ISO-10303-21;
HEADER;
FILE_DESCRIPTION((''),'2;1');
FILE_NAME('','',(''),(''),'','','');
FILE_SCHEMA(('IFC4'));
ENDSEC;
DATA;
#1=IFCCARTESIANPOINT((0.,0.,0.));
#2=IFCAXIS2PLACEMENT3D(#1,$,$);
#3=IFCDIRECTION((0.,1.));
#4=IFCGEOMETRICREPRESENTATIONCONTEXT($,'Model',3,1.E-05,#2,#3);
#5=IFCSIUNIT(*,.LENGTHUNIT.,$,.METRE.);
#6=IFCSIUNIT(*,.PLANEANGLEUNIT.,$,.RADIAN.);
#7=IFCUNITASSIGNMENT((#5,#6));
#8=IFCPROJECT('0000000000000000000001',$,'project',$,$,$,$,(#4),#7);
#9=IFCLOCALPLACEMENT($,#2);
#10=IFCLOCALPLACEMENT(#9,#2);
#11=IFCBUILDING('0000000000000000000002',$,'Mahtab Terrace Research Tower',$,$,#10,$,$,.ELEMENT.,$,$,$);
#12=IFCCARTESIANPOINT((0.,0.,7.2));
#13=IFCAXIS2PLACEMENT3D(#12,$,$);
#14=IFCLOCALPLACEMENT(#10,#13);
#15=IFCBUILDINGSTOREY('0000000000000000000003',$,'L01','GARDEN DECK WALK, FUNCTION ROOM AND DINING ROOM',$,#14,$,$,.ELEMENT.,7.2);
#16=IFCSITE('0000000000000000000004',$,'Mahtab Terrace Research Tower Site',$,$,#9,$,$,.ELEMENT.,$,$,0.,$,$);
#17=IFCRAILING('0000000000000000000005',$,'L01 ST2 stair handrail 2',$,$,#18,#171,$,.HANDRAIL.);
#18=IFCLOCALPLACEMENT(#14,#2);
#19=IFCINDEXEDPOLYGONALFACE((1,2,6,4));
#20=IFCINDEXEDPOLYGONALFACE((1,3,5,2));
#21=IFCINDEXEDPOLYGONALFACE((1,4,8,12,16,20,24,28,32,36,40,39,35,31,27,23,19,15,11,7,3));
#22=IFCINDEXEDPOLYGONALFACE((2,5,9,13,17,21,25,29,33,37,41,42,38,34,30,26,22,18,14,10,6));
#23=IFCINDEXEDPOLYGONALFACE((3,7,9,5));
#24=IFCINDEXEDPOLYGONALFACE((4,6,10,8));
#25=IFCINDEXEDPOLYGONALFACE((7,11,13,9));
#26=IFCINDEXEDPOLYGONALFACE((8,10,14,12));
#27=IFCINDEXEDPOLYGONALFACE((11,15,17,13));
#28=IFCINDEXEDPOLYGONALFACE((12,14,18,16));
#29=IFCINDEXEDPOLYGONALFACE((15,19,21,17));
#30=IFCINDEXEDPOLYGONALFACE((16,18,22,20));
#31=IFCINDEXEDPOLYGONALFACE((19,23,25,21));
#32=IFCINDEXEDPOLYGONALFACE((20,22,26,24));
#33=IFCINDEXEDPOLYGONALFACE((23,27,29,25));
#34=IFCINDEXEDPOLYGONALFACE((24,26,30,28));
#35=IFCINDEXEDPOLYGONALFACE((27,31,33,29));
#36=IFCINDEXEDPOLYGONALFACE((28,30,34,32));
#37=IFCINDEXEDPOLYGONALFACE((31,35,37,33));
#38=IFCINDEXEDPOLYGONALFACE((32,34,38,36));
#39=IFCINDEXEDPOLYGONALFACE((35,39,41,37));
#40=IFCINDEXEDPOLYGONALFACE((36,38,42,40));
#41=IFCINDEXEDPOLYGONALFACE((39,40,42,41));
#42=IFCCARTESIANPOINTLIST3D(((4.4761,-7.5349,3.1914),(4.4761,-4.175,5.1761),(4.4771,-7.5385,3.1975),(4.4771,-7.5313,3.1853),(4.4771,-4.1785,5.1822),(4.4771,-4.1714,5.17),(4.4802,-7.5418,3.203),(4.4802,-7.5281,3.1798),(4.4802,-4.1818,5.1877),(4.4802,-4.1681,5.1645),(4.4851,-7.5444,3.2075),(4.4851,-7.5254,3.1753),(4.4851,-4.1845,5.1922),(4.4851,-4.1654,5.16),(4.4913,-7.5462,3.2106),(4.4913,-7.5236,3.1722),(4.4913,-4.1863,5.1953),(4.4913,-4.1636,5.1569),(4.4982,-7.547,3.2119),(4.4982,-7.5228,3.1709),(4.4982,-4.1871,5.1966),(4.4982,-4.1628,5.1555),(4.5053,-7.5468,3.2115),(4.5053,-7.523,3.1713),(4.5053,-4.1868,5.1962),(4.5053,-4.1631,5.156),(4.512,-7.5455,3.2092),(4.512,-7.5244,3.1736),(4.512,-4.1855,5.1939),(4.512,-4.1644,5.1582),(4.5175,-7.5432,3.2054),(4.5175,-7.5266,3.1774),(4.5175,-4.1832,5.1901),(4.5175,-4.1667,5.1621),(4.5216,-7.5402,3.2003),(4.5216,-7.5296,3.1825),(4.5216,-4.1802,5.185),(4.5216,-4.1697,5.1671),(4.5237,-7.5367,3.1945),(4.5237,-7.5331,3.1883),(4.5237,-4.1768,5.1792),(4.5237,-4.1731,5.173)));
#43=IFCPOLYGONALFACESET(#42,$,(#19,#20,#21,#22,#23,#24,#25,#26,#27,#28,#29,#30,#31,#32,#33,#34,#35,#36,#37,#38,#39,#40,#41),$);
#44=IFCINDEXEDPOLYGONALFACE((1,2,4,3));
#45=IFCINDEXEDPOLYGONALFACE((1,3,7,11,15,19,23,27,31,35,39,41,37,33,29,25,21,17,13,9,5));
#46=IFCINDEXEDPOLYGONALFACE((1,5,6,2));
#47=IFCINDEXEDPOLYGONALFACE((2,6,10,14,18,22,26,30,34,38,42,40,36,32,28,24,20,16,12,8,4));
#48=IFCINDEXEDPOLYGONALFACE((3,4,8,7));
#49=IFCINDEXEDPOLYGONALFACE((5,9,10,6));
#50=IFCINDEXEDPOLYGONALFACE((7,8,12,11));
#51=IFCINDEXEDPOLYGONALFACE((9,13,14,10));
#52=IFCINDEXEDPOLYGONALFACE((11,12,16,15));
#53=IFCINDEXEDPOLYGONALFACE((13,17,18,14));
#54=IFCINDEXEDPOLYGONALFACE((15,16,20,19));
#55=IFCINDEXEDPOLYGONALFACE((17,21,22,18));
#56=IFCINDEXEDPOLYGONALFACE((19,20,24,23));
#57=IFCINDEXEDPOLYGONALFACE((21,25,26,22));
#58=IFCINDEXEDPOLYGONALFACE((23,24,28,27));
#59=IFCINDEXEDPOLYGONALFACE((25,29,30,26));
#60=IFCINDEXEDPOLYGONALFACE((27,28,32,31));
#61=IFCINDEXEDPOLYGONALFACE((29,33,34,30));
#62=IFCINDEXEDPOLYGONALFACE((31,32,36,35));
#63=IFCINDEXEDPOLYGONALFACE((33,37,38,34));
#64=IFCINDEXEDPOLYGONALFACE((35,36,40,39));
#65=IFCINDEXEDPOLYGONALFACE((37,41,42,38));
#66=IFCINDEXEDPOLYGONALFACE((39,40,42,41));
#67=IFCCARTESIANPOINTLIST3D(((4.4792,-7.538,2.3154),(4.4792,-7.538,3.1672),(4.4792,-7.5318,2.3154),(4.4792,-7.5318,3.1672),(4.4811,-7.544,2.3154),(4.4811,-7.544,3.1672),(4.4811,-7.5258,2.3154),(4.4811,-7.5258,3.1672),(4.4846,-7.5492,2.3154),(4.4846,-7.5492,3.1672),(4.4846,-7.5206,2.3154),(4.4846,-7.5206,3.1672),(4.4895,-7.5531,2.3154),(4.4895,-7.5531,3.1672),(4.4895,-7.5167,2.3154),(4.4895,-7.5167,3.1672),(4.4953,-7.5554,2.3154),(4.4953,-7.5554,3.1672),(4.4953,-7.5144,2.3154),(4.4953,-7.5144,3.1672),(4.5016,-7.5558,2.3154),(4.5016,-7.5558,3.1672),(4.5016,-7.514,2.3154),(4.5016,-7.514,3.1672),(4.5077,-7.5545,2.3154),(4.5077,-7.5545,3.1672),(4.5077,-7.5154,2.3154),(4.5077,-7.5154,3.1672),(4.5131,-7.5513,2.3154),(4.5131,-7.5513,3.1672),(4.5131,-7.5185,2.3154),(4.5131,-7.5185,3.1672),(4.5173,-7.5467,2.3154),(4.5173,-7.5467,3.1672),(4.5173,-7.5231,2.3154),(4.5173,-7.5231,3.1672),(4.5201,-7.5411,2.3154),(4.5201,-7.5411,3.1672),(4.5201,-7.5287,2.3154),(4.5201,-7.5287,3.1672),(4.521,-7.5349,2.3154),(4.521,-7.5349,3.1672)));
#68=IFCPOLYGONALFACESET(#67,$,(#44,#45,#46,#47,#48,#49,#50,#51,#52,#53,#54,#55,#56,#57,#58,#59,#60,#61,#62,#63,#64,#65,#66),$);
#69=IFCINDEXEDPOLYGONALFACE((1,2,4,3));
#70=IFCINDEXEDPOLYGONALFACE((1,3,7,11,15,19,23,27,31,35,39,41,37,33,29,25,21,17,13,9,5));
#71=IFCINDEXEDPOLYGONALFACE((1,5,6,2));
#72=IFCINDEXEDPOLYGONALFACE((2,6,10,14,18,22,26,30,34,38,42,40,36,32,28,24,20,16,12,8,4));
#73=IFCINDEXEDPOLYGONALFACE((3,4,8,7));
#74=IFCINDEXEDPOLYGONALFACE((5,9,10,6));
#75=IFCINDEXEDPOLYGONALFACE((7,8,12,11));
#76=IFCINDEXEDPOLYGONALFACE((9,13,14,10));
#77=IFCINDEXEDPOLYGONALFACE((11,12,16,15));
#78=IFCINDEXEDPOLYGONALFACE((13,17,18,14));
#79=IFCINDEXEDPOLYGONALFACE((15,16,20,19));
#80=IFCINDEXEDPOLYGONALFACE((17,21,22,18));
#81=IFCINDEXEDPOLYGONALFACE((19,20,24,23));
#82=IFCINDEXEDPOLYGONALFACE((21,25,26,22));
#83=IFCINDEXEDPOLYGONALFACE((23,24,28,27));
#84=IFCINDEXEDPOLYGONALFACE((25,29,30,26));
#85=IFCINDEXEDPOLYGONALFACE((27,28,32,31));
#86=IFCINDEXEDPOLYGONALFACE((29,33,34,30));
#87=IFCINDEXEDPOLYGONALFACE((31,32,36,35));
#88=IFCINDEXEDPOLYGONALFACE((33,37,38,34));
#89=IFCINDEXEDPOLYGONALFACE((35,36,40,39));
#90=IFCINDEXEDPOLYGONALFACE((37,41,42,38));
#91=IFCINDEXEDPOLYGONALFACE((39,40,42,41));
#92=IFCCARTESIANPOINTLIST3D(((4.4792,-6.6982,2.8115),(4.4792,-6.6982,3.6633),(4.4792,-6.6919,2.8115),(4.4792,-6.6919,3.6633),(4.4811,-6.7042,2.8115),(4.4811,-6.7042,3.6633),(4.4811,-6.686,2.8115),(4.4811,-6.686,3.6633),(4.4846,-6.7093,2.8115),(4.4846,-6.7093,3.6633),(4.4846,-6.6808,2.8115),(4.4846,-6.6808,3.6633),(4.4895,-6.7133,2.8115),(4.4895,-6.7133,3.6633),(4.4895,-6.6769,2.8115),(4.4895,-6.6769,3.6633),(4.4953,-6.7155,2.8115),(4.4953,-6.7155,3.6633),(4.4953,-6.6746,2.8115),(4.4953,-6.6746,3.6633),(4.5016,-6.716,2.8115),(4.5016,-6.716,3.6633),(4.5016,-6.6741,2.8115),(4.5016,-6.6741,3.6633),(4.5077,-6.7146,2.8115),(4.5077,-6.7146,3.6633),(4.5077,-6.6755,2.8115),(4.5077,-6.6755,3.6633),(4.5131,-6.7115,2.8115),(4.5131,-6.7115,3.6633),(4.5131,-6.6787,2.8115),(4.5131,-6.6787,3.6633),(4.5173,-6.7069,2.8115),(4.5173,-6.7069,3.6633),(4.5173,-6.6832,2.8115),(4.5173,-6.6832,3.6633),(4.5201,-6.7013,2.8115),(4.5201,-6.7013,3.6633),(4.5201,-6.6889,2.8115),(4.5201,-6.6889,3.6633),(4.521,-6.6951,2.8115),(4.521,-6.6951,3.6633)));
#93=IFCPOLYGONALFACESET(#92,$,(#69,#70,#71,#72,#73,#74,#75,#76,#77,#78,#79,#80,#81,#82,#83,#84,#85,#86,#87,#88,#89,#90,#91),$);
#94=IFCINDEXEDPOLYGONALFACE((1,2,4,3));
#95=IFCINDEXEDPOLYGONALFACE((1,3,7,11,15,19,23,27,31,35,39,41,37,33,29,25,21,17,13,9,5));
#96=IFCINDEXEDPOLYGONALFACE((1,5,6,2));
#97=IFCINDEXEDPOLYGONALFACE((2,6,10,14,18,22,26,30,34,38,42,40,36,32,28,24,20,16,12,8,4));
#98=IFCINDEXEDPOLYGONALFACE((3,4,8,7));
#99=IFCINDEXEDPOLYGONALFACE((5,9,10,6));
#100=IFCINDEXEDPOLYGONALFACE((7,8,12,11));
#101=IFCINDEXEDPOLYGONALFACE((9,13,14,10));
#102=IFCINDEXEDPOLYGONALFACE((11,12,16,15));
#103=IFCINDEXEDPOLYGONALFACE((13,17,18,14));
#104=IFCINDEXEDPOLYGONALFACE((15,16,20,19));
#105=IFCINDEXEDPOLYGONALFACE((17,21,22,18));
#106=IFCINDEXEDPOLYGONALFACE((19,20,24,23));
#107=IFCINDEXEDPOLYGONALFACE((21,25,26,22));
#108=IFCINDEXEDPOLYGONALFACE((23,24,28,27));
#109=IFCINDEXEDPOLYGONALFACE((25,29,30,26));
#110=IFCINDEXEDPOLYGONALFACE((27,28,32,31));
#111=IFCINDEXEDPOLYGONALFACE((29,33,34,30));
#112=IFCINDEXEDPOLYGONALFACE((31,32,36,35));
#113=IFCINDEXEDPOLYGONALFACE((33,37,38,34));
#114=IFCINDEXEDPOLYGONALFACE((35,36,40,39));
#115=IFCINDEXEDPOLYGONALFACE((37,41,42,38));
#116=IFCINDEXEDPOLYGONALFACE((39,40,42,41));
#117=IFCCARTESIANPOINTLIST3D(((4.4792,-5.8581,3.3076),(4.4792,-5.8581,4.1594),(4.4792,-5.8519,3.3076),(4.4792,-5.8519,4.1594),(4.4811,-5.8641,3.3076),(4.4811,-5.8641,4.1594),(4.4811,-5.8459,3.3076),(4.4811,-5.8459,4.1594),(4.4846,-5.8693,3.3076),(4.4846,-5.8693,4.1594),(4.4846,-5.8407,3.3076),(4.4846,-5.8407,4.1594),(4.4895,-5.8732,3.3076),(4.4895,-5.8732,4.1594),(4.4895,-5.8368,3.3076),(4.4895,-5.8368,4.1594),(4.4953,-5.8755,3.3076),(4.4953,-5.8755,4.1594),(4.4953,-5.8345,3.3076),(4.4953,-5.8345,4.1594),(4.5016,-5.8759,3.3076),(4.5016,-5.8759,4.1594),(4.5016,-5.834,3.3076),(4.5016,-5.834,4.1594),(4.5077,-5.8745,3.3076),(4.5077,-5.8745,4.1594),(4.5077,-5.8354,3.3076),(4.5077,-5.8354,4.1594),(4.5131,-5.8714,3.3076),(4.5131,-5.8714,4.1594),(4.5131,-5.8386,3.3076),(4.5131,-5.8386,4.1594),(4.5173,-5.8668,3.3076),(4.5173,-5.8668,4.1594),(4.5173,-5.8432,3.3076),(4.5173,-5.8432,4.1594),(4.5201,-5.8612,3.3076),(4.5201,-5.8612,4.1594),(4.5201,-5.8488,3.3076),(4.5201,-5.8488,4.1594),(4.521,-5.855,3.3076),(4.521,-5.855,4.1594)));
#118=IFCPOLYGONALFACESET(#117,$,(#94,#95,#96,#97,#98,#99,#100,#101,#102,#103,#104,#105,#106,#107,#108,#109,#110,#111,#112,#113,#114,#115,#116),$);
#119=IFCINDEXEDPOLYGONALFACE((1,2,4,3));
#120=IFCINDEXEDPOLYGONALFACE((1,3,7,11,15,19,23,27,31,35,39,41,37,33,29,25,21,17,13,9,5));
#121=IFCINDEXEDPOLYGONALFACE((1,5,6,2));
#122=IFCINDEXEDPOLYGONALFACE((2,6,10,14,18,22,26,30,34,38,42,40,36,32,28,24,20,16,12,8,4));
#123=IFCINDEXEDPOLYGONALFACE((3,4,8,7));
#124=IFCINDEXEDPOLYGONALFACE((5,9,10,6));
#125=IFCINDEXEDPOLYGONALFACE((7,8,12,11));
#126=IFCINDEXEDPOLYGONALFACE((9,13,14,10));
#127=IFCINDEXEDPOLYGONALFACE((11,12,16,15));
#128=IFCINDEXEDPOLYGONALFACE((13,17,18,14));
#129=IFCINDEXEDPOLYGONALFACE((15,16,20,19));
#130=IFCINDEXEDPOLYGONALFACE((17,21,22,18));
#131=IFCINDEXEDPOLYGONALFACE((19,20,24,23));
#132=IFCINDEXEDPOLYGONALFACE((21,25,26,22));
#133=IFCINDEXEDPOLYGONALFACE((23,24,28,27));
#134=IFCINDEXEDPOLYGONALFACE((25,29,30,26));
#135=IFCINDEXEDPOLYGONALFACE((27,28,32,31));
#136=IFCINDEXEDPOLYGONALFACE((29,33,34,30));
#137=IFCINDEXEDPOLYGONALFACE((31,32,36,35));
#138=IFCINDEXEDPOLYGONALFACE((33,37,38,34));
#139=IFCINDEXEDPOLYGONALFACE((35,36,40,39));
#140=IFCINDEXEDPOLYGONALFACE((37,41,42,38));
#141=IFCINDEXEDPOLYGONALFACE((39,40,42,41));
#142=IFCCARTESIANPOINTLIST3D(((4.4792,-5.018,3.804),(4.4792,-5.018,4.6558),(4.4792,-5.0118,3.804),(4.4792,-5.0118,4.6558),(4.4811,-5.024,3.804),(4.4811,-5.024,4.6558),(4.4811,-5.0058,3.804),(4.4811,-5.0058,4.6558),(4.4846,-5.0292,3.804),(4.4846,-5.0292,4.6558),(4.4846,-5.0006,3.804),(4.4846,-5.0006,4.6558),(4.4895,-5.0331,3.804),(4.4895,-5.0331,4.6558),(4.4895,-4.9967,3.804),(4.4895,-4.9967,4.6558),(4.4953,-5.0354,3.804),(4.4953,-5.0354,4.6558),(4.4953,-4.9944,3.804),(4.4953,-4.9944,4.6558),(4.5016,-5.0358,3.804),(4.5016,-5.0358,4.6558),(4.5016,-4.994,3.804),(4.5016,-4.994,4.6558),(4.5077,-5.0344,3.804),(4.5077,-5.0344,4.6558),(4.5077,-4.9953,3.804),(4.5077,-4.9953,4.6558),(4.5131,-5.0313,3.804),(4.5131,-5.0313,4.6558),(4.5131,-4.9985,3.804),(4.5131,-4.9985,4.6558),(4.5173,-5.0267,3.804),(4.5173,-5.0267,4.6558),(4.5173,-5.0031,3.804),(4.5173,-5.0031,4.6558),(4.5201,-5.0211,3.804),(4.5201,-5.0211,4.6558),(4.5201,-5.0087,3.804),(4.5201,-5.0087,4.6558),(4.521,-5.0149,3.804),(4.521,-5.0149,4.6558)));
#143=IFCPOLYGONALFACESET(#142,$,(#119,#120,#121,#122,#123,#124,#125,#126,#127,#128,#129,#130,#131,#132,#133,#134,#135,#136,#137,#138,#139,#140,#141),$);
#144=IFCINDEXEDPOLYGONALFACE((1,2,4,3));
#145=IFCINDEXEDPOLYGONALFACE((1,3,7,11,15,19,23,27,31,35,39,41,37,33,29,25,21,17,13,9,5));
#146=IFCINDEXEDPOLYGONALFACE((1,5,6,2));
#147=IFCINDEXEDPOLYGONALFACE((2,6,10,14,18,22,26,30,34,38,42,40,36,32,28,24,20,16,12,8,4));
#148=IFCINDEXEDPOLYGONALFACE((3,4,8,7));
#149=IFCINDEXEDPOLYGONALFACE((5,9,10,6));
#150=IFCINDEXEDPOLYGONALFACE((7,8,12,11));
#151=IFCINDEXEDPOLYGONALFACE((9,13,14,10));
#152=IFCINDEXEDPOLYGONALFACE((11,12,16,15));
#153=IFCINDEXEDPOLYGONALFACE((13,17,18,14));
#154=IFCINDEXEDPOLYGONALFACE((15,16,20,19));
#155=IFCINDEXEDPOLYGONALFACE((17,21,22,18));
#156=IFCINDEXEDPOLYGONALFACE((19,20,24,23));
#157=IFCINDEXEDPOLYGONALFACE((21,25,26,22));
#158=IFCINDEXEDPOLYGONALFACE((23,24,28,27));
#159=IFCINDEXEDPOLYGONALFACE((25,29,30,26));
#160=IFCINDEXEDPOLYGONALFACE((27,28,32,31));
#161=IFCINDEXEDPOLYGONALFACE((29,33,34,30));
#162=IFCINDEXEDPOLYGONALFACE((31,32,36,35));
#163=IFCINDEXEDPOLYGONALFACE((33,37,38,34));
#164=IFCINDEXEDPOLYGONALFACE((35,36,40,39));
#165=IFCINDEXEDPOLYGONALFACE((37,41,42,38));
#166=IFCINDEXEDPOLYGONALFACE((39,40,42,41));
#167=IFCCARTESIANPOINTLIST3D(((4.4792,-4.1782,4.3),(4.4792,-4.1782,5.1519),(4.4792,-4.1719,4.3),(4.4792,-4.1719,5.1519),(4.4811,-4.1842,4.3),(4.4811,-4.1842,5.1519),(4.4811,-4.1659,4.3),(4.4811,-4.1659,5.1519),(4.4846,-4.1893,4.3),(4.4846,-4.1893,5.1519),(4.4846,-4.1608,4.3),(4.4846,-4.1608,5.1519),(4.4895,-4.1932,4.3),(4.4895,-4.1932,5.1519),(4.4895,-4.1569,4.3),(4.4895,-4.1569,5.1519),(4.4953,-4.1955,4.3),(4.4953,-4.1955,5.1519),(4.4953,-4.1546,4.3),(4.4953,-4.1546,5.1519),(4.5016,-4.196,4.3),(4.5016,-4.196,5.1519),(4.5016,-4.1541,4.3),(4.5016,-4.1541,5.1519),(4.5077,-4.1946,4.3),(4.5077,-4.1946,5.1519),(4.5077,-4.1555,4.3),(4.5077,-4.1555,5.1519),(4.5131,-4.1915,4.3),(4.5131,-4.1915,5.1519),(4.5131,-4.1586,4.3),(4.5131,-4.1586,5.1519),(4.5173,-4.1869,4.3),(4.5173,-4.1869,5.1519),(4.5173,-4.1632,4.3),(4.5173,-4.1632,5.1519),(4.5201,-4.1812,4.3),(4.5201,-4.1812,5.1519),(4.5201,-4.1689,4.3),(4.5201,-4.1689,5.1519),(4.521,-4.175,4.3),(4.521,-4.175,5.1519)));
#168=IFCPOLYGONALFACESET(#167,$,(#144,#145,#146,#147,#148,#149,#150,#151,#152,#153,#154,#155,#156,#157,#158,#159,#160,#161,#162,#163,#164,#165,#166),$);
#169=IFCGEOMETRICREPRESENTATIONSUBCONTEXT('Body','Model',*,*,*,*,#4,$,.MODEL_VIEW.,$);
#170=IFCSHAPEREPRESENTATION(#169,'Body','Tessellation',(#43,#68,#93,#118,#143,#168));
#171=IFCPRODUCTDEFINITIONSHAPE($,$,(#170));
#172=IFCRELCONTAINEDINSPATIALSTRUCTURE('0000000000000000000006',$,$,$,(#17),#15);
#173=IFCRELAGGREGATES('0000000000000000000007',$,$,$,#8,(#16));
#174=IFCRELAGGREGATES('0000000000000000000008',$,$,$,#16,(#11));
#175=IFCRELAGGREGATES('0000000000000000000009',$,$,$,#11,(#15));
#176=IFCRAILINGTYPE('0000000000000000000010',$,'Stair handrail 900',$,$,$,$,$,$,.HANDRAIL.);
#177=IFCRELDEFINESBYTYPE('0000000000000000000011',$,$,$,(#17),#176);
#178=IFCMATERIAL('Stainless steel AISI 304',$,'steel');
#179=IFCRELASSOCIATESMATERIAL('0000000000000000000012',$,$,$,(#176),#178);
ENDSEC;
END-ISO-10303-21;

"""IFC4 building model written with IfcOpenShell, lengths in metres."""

from ifc_helpers import new_model, si_unit, direction, frame, origin, origin_2d, place, context, subcontext, project, spatial, circle, extrude, material, type_object, element, save


model = new_model("IFC4")

# Units and contexts
model_context = context("Model", 3, precision=1e-05, world=origin(), true_north=direction((0.0, 1.0)))
body_context = subcontext(model_context, "Body", "Model", "MODEL_VIEW")
ifc_project = project(units=[si_unit("LENGTHUNIT", "METRE"), si_unit("PLANEANGLEUNIT", "RADIAN")], contexts=[model_context])

# Site, building, storey
site_placement = place(None, origin())
site = spatial("IfcSite", under=ifc_project, at=site_placement, Name="Mahtab Terrace Research Tower Site", CompositionType="ELEMENT", RefElevation=0.0)
building_placement = place(site_placement, origin())
building = spatial("IfcBuilding", under=site, at=building_placement, Name="Mahtab Terrace Research Tower", CompositionType="ELEMENT")
storey_placement = place(building_placement, frame((0.0, 0.0, 7.2)))
storey = spatial("IfcBuildingStorey", under=building, at=storey_placement, Name="L01", Description="GARDEN DECK WALK, FUNCTION ROOM AND DINING ROOM", CompositionType="ELEMENT", Elevation=7.2)

# Shared definitions
ifc_material_1 = material(Name="Stainless steel AISI 304", Category="steel")

# Railing
railing_type_1 = type_object("IfcRailingType", Name="Stair handrail 900", PredefinedType="HANDRAIL", material=ifc_material_1)
railing_1_placement = place(storey_placement, frame((4.5, -7.5349, 2.3154)))
element("IfcRailing", 1, at=railing_1_placement, inside=storey, type_object=railing_type_1, Name="L01 ST2 stair handrail 2", PredefinedType="HANDRAIL", context=body_context, shape_type="SweptSolid", body=[
    extrude(circle(Radius=0.0239, at=origin_2d()), frame((0.0, 0.0, 0.876), z_axis=(0.0, 0.861011, 0.508586), x_axis=(-1.0, 0.0, 0.0)), (0.0, 0.0, 1.0), 3.9023),
    extrude(circle(Radius=0.021, at=origin_2d()), origin(), (0.0, 0.0, 1.0), 0.8518),
    extrude(circle(Radius=0.021, at=origin_2d()), frame((0.0, 0.8398, 0.4961)), (0.0, 0.0, 1.0), 0.8518),
    extrude(circle(Radius=0.021, at=origin_2d()), frame((0.0, 1.6799, 0.9922)), (0.0, 0.0, 1.0), 0.8518),
    extrude(circle(Radius=0.021, at=origin_2d()), frame((0.0, 2.52, 1.4885)), (0.0, 0.0, 1.0), 0.8518),
    extrude(circle(Radius=0.021, at=origin_2d()), frame((0.0, 3.3599, 1.9846)), (0.0, 0.0, 1.0), 0.8518),
])

save(model, "model.ifc")
